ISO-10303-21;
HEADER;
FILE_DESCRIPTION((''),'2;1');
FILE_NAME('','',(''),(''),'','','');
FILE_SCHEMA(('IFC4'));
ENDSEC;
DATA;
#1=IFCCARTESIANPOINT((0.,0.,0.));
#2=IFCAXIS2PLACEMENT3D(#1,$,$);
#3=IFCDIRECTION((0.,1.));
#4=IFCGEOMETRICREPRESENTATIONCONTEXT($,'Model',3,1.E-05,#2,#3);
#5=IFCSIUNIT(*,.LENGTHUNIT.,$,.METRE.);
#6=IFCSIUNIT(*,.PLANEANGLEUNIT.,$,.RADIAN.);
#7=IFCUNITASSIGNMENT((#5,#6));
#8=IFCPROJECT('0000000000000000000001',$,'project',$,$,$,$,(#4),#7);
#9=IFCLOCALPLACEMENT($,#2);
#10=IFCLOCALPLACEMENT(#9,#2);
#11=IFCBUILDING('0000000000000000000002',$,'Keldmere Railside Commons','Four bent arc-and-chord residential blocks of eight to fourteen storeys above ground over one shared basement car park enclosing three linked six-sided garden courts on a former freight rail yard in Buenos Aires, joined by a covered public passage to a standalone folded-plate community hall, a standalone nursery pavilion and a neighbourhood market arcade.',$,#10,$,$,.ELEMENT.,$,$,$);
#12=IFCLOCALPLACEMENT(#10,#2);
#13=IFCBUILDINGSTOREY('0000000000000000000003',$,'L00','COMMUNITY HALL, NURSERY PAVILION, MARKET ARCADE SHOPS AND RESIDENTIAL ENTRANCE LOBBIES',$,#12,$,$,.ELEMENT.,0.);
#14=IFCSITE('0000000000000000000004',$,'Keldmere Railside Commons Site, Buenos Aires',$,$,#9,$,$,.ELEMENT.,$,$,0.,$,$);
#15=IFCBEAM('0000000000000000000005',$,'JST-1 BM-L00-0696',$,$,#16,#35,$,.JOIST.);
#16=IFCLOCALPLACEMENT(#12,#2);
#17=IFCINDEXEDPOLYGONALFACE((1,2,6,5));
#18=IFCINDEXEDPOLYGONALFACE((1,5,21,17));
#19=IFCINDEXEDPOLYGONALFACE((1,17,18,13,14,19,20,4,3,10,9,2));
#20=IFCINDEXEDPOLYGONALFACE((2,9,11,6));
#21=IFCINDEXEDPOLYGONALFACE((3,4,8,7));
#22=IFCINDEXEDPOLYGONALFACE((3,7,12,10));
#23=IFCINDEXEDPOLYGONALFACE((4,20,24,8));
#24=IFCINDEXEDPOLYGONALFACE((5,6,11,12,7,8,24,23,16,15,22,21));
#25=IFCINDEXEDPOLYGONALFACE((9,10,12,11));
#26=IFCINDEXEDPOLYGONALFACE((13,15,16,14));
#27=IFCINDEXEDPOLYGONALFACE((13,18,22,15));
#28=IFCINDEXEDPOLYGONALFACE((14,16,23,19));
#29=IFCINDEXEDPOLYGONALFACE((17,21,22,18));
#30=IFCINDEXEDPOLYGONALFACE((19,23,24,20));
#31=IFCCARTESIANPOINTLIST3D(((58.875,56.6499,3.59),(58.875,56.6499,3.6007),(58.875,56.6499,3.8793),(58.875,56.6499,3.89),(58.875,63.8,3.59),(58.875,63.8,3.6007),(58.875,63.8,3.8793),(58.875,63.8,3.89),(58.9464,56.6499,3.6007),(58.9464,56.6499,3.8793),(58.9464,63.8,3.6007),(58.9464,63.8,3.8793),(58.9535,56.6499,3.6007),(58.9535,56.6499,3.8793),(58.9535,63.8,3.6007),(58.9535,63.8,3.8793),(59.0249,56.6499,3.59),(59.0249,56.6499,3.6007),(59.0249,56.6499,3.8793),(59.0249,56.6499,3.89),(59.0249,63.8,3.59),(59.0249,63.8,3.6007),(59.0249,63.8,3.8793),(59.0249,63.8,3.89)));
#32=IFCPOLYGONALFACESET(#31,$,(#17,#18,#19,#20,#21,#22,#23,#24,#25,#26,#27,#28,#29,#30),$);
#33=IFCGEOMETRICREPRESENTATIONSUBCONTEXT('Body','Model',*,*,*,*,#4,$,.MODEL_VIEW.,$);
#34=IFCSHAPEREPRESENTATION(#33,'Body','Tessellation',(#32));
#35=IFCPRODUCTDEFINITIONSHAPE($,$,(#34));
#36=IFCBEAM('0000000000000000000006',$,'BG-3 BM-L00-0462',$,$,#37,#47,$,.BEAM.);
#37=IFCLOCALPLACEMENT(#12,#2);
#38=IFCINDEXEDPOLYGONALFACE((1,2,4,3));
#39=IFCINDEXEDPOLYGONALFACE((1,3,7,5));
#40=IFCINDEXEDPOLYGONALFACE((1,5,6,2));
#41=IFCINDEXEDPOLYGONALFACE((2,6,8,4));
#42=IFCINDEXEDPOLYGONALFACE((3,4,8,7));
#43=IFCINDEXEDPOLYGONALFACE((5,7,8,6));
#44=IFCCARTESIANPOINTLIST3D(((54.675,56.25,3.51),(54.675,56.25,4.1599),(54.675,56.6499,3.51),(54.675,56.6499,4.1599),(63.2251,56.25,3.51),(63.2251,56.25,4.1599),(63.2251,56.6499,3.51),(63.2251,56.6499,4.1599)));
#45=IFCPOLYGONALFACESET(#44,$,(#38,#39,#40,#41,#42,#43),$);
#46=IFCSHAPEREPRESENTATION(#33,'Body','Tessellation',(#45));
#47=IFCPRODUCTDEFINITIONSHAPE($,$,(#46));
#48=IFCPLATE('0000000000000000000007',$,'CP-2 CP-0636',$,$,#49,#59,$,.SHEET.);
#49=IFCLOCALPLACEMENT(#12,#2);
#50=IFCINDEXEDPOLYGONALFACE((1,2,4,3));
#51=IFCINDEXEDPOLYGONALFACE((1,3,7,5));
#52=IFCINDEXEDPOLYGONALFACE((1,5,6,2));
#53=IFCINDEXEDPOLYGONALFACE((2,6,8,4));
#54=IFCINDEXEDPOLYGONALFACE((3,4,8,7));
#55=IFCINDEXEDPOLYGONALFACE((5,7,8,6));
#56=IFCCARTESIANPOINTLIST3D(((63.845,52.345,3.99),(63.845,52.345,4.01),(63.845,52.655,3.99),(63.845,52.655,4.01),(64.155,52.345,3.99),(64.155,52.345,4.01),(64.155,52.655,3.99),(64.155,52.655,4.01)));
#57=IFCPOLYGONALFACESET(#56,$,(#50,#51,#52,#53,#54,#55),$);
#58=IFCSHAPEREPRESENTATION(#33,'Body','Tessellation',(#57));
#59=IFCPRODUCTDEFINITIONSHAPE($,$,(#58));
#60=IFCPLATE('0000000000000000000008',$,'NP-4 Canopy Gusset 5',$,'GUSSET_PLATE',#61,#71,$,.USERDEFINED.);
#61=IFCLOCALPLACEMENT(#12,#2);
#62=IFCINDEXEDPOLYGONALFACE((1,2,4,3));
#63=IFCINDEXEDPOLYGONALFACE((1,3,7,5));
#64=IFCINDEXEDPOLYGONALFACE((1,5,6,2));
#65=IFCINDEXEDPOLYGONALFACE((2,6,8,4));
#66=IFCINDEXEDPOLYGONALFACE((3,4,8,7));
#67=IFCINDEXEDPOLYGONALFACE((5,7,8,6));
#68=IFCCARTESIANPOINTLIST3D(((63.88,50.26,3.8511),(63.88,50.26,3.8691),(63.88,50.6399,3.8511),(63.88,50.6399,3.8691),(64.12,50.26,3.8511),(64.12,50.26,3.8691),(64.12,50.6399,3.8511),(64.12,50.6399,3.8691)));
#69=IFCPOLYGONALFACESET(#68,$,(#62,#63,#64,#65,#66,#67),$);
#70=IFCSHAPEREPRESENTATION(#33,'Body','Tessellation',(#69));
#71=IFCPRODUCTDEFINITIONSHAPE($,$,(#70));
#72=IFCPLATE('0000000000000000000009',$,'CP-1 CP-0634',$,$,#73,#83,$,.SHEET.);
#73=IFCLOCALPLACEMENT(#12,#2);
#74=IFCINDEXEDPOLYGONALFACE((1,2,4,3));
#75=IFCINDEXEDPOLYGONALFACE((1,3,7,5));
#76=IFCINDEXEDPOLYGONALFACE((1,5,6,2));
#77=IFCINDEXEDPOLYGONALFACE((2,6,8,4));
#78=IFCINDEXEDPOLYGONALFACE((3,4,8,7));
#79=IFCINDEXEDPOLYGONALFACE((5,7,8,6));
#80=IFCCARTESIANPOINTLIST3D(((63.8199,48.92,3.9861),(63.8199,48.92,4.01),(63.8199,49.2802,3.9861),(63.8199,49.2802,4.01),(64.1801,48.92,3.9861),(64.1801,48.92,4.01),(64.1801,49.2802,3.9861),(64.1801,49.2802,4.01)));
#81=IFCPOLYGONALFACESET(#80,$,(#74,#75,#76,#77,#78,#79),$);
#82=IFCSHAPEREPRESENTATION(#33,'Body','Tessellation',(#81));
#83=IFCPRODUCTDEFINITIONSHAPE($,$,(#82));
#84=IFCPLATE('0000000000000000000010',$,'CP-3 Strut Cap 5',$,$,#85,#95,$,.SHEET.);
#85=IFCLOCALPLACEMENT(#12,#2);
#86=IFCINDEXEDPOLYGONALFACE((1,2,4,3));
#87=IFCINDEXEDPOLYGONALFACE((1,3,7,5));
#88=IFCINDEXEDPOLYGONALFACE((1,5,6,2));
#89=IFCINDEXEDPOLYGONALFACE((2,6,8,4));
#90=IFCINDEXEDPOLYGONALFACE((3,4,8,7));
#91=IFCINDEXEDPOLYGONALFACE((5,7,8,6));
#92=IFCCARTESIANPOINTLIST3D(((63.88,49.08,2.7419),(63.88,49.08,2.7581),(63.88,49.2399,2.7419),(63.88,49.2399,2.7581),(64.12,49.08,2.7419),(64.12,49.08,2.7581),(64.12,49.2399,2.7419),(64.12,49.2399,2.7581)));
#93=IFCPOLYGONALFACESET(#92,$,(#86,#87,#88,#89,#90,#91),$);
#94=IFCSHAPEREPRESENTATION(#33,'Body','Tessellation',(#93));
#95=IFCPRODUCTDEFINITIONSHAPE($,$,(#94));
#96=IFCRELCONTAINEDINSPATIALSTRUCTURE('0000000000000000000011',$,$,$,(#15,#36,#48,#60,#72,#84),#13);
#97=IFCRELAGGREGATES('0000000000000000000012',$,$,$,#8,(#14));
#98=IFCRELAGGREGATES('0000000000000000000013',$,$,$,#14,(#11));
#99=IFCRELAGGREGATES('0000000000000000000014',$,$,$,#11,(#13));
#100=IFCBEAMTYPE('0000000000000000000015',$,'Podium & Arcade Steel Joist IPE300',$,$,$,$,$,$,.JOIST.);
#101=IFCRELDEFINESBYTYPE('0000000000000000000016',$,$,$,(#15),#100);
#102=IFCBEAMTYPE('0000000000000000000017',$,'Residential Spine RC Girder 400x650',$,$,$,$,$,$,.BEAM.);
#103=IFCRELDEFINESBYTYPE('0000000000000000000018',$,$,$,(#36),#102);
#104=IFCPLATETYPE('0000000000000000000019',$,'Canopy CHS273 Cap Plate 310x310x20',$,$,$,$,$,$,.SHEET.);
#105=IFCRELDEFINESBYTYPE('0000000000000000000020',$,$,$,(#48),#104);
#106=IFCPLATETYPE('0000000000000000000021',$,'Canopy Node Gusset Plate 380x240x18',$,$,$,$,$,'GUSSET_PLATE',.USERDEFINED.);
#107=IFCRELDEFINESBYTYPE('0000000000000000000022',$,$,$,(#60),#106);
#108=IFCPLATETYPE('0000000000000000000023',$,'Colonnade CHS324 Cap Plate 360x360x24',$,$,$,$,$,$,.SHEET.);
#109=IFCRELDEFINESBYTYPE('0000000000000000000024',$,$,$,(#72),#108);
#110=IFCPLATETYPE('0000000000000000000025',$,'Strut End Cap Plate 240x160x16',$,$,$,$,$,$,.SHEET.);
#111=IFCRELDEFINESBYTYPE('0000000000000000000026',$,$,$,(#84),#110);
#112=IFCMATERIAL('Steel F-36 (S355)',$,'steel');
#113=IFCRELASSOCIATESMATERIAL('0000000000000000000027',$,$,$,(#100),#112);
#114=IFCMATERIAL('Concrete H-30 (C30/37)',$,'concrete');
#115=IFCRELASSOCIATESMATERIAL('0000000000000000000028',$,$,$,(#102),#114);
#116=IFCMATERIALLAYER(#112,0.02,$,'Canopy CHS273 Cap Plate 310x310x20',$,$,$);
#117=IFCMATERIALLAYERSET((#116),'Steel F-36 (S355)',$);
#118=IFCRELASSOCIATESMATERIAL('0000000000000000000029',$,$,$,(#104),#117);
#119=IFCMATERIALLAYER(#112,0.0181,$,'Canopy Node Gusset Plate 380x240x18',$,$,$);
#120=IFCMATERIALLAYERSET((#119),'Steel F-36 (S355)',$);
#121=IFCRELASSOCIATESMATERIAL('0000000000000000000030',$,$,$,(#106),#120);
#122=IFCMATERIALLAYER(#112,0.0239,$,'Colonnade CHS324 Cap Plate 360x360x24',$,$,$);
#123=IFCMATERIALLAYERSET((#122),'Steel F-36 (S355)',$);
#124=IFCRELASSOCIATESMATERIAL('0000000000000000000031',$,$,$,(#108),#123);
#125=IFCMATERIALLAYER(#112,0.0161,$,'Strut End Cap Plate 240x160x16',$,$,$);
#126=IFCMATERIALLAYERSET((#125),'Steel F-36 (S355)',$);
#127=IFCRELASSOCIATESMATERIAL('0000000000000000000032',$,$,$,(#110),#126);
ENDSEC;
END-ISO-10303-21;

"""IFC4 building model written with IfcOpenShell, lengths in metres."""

from ifc_helpers import new_model, si_unit, direction, frame, origin, origin_2d, place, context, subcontext, project, spatial, rectangle, i_section, extrude, material, layer, layer_set, material_profile, profile_set, type_object, element, save


model = new_model("IFC4")

# Units and contexts
model_context = context("Model", 3, precision=1e-05, world=origin(), true_north=direction((0.0, 1.0)))
body_context = subcontext(model_context, "Body", "Model", "MODEL_VIEW")
ifc_project = project(units=[si_unit("LENGTHUNIT", "METRE"), si_unit("PLANEANGLEUNIT", "RADIAN")], contexts=[model_context])

# Site, building, storey
site_placement = place(None, origin())
site = spatial("IfcSite", under=ifc_project, at=site_placement, Name="Keldmere Railside Commons Site, Buenos Aires", CompositionType="ELEMENT", RefElevation=0.0)
building_placement = place(site_placement, origin())
building = spatial("IfcBuilding", under=site, at=building_placement, Name="Keldmere Railside Commons", Description="Four bent arc-and-chord residential blocks of eight to fourteen storeys above ground over one shared basement car park enclosing three linked six-sided garden courts on a former freight rail yard in Buenos Aires, joined by a covered public passage to a standalone folded-plate community hall, a standalone nursery pavilion and a neighbourhood market arcade.", CompositionType="ELEMENT")
storey_placement = place(building_placement, origin())
storey = spatial("IfcBuildingStorey", under=building, at=storey_placement, Name="L00", Description="COMMUNITY HALL, NURSERY PAVILION, MARKET ARCADE SHOPS AND RESIDENTIAL ENTRANCE LOBBIES", CompositionType="ELEMENT", Elevation=0.0)

# Shared definitions
ifc_material_1 = material(Name="Steel F-36 (S355)", Category="steel")

# Beams
ifc_material_profile_1 = material_profile(ifc_material_1, i_section(OverallWidth=0.1499, OverallDepth=0.3, WebThickness=0.0071, FlangeThickness=0.0107, at=origin_2d()), Name="IPE-300")
ifc_profile_set_1 = profile_set([ifc_material_profile_1], Name="Steel F-36 (S355)")
beam_type_1 = type_object("IfcBeamType", Name="Podium & Arcade Steel Joist IPE300", PredefinedType="JOIST", material=ifc_profile_set_1)
beam_1_placement = place(storey_placement, frame((58.95, 56.6499, 3.74), z_axis=(0.0, 1.0, 0.0), x_axis=(-1.0, 0.0, 0.0)))
element("IfcBeam", 1, at=beam_1_placement, inside=storey, type_object=beam_type_1, Name="JST-1 BM-L00-0696", PredefinedType="JOIST", context=body_context, shape_type="SweptSolid", body=[
    extrude(i_section(OverallWidth=0.1499, OverallDepth=0.3, WebThickness=0.0071, FlangeThickness=0.0107, at=origin_2d()), origin(), (0.0, 0.0, 1.0), 7.1501),
])
ifc_material_2 = material(Name="Concrete H-30 (C30/37)", Category="concrete")
ifc_material_profile_2 = material_profile(ifc_material_2, rectangle(XDim=0.3999, YDim=0.6499, at=origin_2d()), Name="RC-400x650")
ifc_profile_set_2 = profile_set([ifc_material_profile_2], Name="Concrete H-30 (C30/37)")
beam_type_2 = type_object("IfcBeamType", Name="Residential Spine RC Girder 400x650", PredefinedType="BEAM", material=ifc_profile_set_2)
beam_2_placement = place(storey_placement, frame((54.675, 56.45, 3.835), z_axis=(1.0, 0.0, 0.0), x_axis=(0.0, 1.0, 0.0)))
element("IfcBeam", 2, at=beam_2_placement, inside=storey, type_object=beam_type_2, Name="BG-3 BM-L00-0462", PredefinedType="BEAM", context=body_context, shape_type="SweptSolid", body=[
    extrude(rectangle(XDim=0.3999, YDim=0.6499, at=origin_2d()), origin(), (0.0, 0.0, 1.0), 8.55),
])

# Plates
ifc_layer_1 = layer(ifc_material_1, 0.02, Name="Canopy CHS273 Cap Plate 310x310x20")
ifc_layer_set_1 = layer_set([ifc_layer_1], Name="Steel F-36 (S355)")
plate_type_1 = type_object("IfcPlateType", Name="Canopy CHS273 Cap Plate 310x310x20", PredefinedType="SHEET", material=ifc_layer_set_1)
plate_1_placement = place(storey_placement, frame((64.0, 52.5, 3.99), z_axis=(0.0, 0.0, 1.0), x_axis=(1.0, 0.0, 0.0)))
element("IfcPlate", 3, at=plate_1_placement, inside=storey, type_object=plate_type_1, Name="CP-2 CP-0636", PredefinedType="SHEET", context=body_context, shape_type="SweptSolid", body=[
    extrude(rectangle(XDim=0.3101, YDim=0.3101, at=origin_2d()), origin(), (0.0, 0.0, 1.0), 0.02),
])
ifc_layer_2 = layer(ifc_material_1, 0.0181, Name="Canopy Node Gusset Plate 380x240x18")
ifc_layer_set_2 = layer_set([ifc_layer_2], Name="Steel F-36 (S355)")
plate_type_2 = type_object("IfcPlateType", Name="Canopy Node Gusset Plate 380x240x18", ElementType="GUSSET_PLATE", PredefinedType="USERDEFINED", material=ifc_layer_set_2)
plate_2_placement = place(storey_placement, frame((64.0, 50.45, 3.8511), z_axis=(0.0, 0.0, 1.0), x_axis=(0.0, 1.0, 0.0)))
element("IfcPlate", 4, at=plate_2_placement, inside=storey, type_object=plate_type_2, Name="NP-4 Canopy Gusset 5", ObjectType="GUSSET_PLATE", PredefinedType="USERDEFINED", context=body_context, shape_type="SweptSolid", body=[
    extrude(rectangle(XDim=0.3799, YDim=0.24, at=origin_2d()), origin(), (0.0, 0.0, 1.0), 0.0181),
])
ifc_layer_3 = layer(ifc_material_1, 0.0239, Name="Colonnade CHS324 Cap Plate 360x360x24")
ifc_layer_set_3 = layer_set([ifc_layer_3], Name="Steel F-36 (S355)")
plate_type_3 = type_object("IfcPlateType", Name="Colonnade CHS324 Cap Plate 360x360x24", PredefinedType="SHEET", material=ifc_layer_set_3)
plate_3_placement = place(storey_placement, frame((64.0, 49.1001, 3.9861), z_axis=(0.0, 0.0, 1.0), x_axis=(1.0, 0.0, 0.0)))
element("IfcPlate", 5, at=plate_3_placement, inside=storey, type_object=plate_type_3, Name="CP-1 CP-0634", PredefinedType="SHEET", context=body_context, shape_type="SweptSolid", body=[
    extrude(rectangle(XDim=0.3601, YDim=0.3601, at=origin_2d()), origin(), (0.0, 0.0, 1.0), 0.0239),
])
ifc_layer_4 = layer(ifc_material_1, 0.0161, Name="Strut End Cap Plate 240x160x16")
ifc_layer_set_4 = layer_set([ifc_layer_4], Name="Steel F-36 (S355)")
plate_type_4 = type_object("IfcPlateType", Name="Strut End Cap Plate 240x160x16", PredefinedType="SHEET", material=ifc_layer_set_4)
plate_4_placement = place(storey_placement, frame((64.0, 49.1599, 2.7419), z_axis=(0.0, 0.0, 1.0), x_axis=(1.0, 0.0, 0.0)))
element("IfcPlate", 6, at=plate_4_placement, inside=storey, type_object=plate_type_4, Name="CP-3 Strut Cap 5", PredefinedType="SHEET", context=body_context, shape_type="SweptSolid", body=[
    extrude(rectangle(XDim=0.24, YDim=0.1599, at=origin_2d()), origin(), (0.0, 0.0, 1.0), 0.0161),
])

save(model, "model.ifc")
